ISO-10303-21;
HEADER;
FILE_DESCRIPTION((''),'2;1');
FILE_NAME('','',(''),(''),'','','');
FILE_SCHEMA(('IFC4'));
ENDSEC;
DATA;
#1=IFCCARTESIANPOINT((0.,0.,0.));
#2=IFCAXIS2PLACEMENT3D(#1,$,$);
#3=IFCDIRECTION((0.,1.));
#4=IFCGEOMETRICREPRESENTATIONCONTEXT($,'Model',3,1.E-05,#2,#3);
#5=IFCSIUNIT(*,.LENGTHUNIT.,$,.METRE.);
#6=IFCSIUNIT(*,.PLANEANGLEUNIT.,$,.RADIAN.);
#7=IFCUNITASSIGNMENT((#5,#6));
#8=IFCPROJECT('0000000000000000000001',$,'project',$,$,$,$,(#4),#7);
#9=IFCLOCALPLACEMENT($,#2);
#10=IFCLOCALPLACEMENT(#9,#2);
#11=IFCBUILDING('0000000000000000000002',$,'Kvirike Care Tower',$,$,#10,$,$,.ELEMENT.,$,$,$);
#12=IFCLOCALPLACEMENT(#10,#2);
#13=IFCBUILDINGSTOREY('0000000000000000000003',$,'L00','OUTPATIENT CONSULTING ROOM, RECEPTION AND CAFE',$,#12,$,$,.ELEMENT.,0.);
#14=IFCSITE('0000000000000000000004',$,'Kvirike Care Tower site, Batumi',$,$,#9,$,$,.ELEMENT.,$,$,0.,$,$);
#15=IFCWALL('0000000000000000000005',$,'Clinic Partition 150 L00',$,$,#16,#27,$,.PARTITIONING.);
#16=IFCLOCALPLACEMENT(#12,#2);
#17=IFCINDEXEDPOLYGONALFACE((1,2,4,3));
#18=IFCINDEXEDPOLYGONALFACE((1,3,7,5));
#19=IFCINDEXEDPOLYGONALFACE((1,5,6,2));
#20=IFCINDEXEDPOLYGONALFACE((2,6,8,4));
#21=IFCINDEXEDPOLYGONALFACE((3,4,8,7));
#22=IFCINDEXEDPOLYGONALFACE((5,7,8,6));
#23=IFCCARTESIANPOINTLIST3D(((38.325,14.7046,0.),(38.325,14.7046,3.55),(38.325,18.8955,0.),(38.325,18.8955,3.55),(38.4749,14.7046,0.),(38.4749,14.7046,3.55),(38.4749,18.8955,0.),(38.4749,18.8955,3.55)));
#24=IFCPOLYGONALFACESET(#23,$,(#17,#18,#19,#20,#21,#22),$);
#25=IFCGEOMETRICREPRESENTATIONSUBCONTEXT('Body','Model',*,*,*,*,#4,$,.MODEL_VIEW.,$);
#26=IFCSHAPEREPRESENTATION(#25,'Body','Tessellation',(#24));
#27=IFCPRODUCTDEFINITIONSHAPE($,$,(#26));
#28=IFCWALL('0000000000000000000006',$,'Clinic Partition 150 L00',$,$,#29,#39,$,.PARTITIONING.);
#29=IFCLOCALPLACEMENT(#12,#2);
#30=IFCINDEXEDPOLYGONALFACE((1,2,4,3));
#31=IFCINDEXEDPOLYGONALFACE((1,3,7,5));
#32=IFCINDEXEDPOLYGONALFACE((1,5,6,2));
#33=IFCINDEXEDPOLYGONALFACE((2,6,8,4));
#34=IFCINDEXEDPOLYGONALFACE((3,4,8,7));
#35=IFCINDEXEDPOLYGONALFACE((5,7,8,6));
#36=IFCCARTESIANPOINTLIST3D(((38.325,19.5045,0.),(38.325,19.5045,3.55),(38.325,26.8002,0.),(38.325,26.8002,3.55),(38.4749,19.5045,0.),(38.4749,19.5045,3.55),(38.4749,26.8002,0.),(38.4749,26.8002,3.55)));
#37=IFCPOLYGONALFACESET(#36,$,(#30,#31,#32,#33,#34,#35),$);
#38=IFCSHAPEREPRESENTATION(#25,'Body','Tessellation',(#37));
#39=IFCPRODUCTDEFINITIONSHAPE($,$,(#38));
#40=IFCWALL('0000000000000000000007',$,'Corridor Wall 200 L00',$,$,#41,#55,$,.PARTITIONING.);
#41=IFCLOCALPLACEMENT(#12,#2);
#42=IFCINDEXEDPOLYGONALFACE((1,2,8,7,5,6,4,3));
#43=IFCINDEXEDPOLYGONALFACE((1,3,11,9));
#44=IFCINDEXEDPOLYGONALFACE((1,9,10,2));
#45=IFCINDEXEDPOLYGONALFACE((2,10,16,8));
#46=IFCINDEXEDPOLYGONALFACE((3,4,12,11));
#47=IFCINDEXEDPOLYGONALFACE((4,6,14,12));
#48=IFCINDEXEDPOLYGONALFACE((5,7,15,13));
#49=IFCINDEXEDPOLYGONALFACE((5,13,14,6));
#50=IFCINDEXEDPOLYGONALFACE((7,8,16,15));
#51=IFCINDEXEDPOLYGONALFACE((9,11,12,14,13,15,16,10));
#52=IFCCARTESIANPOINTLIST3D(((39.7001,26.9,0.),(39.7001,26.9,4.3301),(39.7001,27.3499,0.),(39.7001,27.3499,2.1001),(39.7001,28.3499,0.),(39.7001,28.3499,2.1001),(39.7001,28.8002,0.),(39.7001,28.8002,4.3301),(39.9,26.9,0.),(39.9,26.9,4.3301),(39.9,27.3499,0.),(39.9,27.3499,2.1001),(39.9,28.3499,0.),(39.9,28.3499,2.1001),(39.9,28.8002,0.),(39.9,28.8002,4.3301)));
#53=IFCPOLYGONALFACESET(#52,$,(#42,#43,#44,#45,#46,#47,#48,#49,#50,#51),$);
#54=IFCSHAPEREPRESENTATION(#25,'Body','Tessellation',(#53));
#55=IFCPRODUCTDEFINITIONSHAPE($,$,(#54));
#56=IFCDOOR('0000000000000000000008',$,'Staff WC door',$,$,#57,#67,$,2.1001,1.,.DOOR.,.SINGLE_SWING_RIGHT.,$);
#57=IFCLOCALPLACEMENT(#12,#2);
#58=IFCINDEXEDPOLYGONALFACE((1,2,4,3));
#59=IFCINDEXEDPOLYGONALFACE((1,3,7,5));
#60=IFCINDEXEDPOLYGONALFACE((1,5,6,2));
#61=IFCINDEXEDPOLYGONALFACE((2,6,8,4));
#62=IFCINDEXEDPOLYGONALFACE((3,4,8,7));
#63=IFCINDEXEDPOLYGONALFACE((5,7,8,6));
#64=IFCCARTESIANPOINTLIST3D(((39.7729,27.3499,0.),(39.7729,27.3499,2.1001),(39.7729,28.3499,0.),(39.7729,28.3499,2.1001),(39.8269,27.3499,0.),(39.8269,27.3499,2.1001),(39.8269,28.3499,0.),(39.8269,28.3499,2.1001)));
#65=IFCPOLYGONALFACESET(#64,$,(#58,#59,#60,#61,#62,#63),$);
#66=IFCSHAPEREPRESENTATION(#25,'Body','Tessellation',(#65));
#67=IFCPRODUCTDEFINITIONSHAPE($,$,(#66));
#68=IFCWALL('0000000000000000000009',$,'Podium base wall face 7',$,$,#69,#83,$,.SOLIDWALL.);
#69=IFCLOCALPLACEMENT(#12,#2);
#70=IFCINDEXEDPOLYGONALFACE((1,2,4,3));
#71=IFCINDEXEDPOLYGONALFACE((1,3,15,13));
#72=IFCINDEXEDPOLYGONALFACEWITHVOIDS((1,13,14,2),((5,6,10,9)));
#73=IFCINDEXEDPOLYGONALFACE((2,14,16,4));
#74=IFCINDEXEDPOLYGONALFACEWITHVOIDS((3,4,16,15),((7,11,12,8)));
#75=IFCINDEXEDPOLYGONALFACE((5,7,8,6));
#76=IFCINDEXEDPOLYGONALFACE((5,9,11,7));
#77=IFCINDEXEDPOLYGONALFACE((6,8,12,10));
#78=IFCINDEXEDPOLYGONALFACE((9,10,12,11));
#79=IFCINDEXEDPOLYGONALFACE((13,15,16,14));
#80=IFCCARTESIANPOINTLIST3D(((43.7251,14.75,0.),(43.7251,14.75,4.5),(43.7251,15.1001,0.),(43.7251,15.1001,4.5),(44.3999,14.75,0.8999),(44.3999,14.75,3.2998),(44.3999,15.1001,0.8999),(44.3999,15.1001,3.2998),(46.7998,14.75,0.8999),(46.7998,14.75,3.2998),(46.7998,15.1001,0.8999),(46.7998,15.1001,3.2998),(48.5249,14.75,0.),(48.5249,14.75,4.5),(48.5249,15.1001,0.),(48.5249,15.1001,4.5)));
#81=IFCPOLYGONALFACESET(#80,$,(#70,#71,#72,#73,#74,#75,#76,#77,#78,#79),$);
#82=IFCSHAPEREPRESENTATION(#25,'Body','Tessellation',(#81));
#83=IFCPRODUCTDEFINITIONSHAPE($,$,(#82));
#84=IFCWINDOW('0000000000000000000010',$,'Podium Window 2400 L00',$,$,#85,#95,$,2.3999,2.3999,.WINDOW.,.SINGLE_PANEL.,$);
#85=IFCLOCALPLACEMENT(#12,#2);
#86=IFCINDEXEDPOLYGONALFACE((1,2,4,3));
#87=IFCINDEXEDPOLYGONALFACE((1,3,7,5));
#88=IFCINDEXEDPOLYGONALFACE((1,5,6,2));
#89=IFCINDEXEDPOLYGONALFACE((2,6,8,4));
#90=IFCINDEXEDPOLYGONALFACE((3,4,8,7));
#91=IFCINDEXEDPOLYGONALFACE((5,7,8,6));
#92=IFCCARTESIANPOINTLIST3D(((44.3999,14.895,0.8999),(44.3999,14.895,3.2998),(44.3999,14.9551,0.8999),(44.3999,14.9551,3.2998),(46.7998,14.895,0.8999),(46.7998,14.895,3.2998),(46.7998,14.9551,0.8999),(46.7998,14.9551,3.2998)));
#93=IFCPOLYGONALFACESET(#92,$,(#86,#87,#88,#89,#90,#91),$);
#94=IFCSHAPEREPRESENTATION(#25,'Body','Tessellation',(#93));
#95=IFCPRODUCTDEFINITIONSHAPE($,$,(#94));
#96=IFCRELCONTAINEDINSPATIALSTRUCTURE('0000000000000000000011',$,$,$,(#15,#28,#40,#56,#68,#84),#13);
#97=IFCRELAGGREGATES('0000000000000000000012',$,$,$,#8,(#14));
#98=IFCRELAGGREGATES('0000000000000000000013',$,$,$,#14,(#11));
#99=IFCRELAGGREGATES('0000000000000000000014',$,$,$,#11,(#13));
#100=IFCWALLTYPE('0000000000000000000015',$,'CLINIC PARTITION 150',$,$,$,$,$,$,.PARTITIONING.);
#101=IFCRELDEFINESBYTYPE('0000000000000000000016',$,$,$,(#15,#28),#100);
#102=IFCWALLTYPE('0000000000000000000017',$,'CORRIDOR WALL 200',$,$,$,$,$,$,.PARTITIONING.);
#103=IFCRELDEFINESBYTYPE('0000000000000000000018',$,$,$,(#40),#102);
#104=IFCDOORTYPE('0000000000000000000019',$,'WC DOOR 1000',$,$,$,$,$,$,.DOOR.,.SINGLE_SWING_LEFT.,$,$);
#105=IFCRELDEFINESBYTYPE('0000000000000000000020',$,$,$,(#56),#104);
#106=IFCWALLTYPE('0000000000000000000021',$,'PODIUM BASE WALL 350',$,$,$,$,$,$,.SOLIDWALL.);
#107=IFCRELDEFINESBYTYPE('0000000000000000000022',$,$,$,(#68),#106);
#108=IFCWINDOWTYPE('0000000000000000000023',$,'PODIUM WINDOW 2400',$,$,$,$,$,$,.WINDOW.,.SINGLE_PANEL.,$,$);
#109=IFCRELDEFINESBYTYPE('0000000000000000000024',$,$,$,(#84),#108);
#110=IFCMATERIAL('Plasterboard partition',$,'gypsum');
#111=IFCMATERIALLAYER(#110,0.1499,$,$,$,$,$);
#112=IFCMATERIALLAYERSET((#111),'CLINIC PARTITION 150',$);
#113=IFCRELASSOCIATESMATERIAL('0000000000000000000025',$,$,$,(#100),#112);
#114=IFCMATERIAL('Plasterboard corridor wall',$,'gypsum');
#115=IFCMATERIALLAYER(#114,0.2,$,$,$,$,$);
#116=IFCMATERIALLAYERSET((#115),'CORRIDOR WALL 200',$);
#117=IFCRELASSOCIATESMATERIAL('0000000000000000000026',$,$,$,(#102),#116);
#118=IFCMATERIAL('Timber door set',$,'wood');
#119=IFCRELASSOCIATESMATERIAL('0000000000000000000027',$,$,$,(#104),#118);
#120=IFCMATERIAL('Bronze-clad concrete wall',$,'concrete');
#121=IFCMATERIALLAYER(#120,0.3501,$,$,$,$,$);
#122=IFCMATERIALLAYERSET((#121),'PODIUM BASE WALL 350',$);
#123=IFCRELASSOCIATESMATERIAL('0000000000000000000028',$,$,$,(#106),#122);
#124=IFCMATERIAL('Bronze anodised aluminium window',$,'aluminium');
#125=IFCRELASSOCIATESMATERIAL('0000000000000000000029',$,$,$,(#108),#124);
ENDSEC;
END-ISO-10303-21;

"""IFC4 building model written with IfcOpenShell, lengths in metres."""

from ifc_helpers import new_model, si_unit, direction, frame, frame_2d, origin, place, context, subcontext, project, spatial, rectangle, extrude, material, layer, layer_set, type_object, element, fill, save


model = new_model("IFC4")

# Units and contexts
model_context = context("Model", 3, precision=1e-05, world=origin(), true_north=direction((0.0, 1.0)))
body_context = subcontext(model_context, "Body", "Model", "MODEL_VIEW")
ifc_project = project(units=[si_unit("LENGTHUNIT", "METRE"), si_unit("PLANEANGLEUNIT", "RADIAN")], contexts=[model_context])

# Site, building, storey
site_placement = place(None, origin())
site = spatial("IfcSite", under=ifc_project, at=site_placement, Name="Kvirike Care Tower site, Batumi", CompositionType="ELEMENT", RefElevation=0.0)
building_placement = place(site_placement, origin())
building = spatial("IfcBuilding", under=site, at=building_placement, Name="Kvirike Care Tower", CompositionType="ELEMENT")
storey_placement = place(building_placement, origin())
storey = spatial("IfcBuildingStorey", under=building, at=storey_placement, Name="L00", Description="OUTPATIENT CONSULTING ROOM, RECEPTION AND CAFE", CompositionType="ELEMENT", Elevation=0.0)

# Walls
ifc_material_1 = material(Name="Plasterboard partition", Category="gypsum")
ifc_layer_1 = layer(ifc_material_1, 0.1499)
ifc_layer_set_1 = layer_set([ifc_layer_1], Name="CLINIC PARTITION 150")
wall_type_1 = type_object("IfcWallType", Name="CLINIC PARTITION 150", PredefinedType="PARTITIONING", material=ifc_layer_set_1)
wall_1_placement = place(storey_placement, frame((38.3999, 14.7046, 0.0), z_axis=(0.0, 0.0, 1.0), x_axis=(0.0, 1.0, 0.0)))
element("IfcWall", 1, at=wall_1_placement, inside=storey, type_object=wall_type_1, Name="Clinic Partition 150 L00", PredefinedType="PARTITIONING", context=body_context, shape_type="SweptSolid", body=[
    extrude(rectangle(XDim=4.1909, YDim=0.1499, at=frame_2d((2.0955, 0.0))), origin(), (0.0, 0.0, 1.0), 3.55),
])
wall_2_placement = place(storey_placement, frame((38.3999, 19.5044, 0.0), z_axis=(0.0, 0.0, 1.0), x_axis=(0.0, 1.0, 0.0)))
element("IfcWall", 2, at=wall_2_placement, inside=storey, type_object=wall_type_1, Name="Clinic Partition 150 L00", PredefinedType="PARTITIONING", context=body_context, shape_type="SweptSolid", body=[
    extrude(rectangle(XDim=7.2957, YDim=0.1499, at=frame_2d((3.6479, 0.0))), origin(), (0.0, 0.0, 1.0), 3.55),
])

# Wall, opening, door
ifc_material_2 = material(Name="Plasterboard corridor wall", Category="gypsum")
ifc_layer_2 = layer(ifc_material_2, 0.2)
ifc_layer_set_2 = layer_set([ifc_layer_2], Name="CORRIDOR WALL 200")
wall_type_2 = type_object("IfcWallType", Name="CORRIDOR WALL 200", PredefinedType="PARTITIONING", material=ifc_layer_set_2)
wall_3_placement = place(storey_placement, frame((39.8, 26.8999, 0.0), z_axis=(0.0, 0.0, 1.0), x_axis=(0.0, 1.0, 0.0)))
wall_3 = element("IfcWall", 3, at=wall_3_placement, inside=storey, type_object=wall_type_2, Name="Corridor Wall 200 L00", PredefinedType="PARTITIONING", context=body_context, shape_type="SweptSolid", body=[
    extrude(rectangle(XDim=1.9001, YDim=0.2, at=frame_2d((0.9502, 0.0))), origin(), (0.0, 0.0, 1.0), 4.3301),
])
opening_1_placement = place(wall_3_placement, frame((0.45, 0.0, 0.0)))
opening_1 = element("IfcOpeningElement", 4, at=opening_1_placement, cuts=wall_3, PredefinedType="OPENING", context=body_context, shape_type="SweptSolid", body=[
    extrude(rectangle(XDim=1.0, YDim=2.1001, at=frame_2d((0.5, 1.05))), frame((0.0, 0.1106, 0.0), z_axis=(0.0, -1.0, 0.0), x_axis=(1.0, 0.0, 0.0)), (0.0, 0.0, 1.0), 0.2209),
])
ifc_material_3 = material(Name="Timber door set", Category="wood")
door_type_1 = type_object("IfcDoorType", Name="WC DOOR 1000", OperationType="SINGLE_SWING_LEFT", PredefinedType="DOOR", material=ifc_material_3)
door_1_placement = place(opening_1_placement, frame((1.0, 0.0, 0.0), z_axis=(0.0, 0.0, 1.0), x_axis=(-1.0, 0.0, 0.0)))
door_1 = element("IfcDoor", 5, at=door_1_placement, inside=storey, type_object=door_type_1, Name="Staff WC door", OperationType="SINGLE_SWING_RIGHT", OverallHeight=2.1001, OverallWidth=1.0, PredefinedType="DOOR", context=body_context, shape_type="SweptSolid", body=[
    extrude(rectangle(XDim=1.0, YDim=2.1001, at=frame_2d((0.5, 1.05))), frame((0.0, 0.0269, 0.0), z_axis=(0.0, -1.0, 0.0), x_axis=(1.0, 0.0, 0.0)), (0.0, 0.0, 1.0), 0.054),
])
fill(opening_1, door_1)

# Wall, opening, window
ifc_material_4 = material(Name="Bronze-clad concrete wall", Category="concrete")
ifc_layer_3 = layer(ifc_material_4, 0.3501)
ifc_layer_set_3 = layer_set([ifc_layer_3], Name="PODIUM BASE WALL 350")
wall_type_3 = type_object("IfcWallType", Name="PODIUM BASE WALL 350", PredefinedType="SOLIDWALL", material=ifc_layer_set_3)
wall_4_placement = place(storey_placement, frame((48.5249, 14.925, 0.0), z_axis=(0.0, 0.0, 1.0), x_axis=(-1.0, 0.0, 0.0)))
wall_4 = element("IfcWall", 6, at=wall_4_placement, inside=storey, type_object=wall_type_3, Name="Podium base wall face 7", PredefinedType="SOLIDWALL", context=body_context, shape_type="SweptSolid", body=[
    extrude(rectangle(XDim=4.7998, YDim=0.3501, at=frame_2d((2.3999, 0.0))), origin(), (0.0, 0.0, 1.0), 4.5),
])
opening_2_placement = place(wall_4_placement, frame((1.7251, 0.0, 0.8999)))
opening_2 = element("IfcOpeningElement", 7, at=opening_2_placement, cuts=wall_4, PredefinedType="OPENING", context=body_context, shape_type="SweptSolid", body=[
    extrude(rectangle(XDim=2.3999, YDim=2.3999, at=frame_2d((1.2, 1.2))), frame((0.0, 0.1855, 0.0), z_axis=(0.0, -1.0, 0.0), x_axis=(1.0, 0.0, 0.0)), (0.0, 0.0, 1.0), 0.3711),
])
ifc_material_5 = material(Name="Bronze anodised aluminium window", Category="aluminium")
window_type = type_object("IfcWindowType", Name="PODIUM WINDOW 2400", PartitioningType="SINGLE_PANEL", PredefinedType="WINDOW", material=ifc_material_5)
window_1_placement = place(opening_2_placement, origin())
window_1 = element("IfcWindow", 8, at=window_1_placement, inside=storey, type_object=window_type, Name="Podium Window 2400 L00", OverallHeight=2.3999, OverallWidth=2.3999, PartitioningType="SINGLE_PANEL", PredefinedType="WINDOW", context=body_context, shape_type="SweptSolid", body=[
    extrude(rectangle(XDim=2.3999, YDim=2.3999, at=frame_2d((1.2, 1.2))), frame((0.0, 0.03, 0.0), z_axis=(0.0, -1.0, 0.0), x_axis=(1.0, 0.0, 0.0)), (0.0, 0.0, 1.0), 0.0601),
])
fill(opening_2, window_1)

save(model, "model.ifc")
